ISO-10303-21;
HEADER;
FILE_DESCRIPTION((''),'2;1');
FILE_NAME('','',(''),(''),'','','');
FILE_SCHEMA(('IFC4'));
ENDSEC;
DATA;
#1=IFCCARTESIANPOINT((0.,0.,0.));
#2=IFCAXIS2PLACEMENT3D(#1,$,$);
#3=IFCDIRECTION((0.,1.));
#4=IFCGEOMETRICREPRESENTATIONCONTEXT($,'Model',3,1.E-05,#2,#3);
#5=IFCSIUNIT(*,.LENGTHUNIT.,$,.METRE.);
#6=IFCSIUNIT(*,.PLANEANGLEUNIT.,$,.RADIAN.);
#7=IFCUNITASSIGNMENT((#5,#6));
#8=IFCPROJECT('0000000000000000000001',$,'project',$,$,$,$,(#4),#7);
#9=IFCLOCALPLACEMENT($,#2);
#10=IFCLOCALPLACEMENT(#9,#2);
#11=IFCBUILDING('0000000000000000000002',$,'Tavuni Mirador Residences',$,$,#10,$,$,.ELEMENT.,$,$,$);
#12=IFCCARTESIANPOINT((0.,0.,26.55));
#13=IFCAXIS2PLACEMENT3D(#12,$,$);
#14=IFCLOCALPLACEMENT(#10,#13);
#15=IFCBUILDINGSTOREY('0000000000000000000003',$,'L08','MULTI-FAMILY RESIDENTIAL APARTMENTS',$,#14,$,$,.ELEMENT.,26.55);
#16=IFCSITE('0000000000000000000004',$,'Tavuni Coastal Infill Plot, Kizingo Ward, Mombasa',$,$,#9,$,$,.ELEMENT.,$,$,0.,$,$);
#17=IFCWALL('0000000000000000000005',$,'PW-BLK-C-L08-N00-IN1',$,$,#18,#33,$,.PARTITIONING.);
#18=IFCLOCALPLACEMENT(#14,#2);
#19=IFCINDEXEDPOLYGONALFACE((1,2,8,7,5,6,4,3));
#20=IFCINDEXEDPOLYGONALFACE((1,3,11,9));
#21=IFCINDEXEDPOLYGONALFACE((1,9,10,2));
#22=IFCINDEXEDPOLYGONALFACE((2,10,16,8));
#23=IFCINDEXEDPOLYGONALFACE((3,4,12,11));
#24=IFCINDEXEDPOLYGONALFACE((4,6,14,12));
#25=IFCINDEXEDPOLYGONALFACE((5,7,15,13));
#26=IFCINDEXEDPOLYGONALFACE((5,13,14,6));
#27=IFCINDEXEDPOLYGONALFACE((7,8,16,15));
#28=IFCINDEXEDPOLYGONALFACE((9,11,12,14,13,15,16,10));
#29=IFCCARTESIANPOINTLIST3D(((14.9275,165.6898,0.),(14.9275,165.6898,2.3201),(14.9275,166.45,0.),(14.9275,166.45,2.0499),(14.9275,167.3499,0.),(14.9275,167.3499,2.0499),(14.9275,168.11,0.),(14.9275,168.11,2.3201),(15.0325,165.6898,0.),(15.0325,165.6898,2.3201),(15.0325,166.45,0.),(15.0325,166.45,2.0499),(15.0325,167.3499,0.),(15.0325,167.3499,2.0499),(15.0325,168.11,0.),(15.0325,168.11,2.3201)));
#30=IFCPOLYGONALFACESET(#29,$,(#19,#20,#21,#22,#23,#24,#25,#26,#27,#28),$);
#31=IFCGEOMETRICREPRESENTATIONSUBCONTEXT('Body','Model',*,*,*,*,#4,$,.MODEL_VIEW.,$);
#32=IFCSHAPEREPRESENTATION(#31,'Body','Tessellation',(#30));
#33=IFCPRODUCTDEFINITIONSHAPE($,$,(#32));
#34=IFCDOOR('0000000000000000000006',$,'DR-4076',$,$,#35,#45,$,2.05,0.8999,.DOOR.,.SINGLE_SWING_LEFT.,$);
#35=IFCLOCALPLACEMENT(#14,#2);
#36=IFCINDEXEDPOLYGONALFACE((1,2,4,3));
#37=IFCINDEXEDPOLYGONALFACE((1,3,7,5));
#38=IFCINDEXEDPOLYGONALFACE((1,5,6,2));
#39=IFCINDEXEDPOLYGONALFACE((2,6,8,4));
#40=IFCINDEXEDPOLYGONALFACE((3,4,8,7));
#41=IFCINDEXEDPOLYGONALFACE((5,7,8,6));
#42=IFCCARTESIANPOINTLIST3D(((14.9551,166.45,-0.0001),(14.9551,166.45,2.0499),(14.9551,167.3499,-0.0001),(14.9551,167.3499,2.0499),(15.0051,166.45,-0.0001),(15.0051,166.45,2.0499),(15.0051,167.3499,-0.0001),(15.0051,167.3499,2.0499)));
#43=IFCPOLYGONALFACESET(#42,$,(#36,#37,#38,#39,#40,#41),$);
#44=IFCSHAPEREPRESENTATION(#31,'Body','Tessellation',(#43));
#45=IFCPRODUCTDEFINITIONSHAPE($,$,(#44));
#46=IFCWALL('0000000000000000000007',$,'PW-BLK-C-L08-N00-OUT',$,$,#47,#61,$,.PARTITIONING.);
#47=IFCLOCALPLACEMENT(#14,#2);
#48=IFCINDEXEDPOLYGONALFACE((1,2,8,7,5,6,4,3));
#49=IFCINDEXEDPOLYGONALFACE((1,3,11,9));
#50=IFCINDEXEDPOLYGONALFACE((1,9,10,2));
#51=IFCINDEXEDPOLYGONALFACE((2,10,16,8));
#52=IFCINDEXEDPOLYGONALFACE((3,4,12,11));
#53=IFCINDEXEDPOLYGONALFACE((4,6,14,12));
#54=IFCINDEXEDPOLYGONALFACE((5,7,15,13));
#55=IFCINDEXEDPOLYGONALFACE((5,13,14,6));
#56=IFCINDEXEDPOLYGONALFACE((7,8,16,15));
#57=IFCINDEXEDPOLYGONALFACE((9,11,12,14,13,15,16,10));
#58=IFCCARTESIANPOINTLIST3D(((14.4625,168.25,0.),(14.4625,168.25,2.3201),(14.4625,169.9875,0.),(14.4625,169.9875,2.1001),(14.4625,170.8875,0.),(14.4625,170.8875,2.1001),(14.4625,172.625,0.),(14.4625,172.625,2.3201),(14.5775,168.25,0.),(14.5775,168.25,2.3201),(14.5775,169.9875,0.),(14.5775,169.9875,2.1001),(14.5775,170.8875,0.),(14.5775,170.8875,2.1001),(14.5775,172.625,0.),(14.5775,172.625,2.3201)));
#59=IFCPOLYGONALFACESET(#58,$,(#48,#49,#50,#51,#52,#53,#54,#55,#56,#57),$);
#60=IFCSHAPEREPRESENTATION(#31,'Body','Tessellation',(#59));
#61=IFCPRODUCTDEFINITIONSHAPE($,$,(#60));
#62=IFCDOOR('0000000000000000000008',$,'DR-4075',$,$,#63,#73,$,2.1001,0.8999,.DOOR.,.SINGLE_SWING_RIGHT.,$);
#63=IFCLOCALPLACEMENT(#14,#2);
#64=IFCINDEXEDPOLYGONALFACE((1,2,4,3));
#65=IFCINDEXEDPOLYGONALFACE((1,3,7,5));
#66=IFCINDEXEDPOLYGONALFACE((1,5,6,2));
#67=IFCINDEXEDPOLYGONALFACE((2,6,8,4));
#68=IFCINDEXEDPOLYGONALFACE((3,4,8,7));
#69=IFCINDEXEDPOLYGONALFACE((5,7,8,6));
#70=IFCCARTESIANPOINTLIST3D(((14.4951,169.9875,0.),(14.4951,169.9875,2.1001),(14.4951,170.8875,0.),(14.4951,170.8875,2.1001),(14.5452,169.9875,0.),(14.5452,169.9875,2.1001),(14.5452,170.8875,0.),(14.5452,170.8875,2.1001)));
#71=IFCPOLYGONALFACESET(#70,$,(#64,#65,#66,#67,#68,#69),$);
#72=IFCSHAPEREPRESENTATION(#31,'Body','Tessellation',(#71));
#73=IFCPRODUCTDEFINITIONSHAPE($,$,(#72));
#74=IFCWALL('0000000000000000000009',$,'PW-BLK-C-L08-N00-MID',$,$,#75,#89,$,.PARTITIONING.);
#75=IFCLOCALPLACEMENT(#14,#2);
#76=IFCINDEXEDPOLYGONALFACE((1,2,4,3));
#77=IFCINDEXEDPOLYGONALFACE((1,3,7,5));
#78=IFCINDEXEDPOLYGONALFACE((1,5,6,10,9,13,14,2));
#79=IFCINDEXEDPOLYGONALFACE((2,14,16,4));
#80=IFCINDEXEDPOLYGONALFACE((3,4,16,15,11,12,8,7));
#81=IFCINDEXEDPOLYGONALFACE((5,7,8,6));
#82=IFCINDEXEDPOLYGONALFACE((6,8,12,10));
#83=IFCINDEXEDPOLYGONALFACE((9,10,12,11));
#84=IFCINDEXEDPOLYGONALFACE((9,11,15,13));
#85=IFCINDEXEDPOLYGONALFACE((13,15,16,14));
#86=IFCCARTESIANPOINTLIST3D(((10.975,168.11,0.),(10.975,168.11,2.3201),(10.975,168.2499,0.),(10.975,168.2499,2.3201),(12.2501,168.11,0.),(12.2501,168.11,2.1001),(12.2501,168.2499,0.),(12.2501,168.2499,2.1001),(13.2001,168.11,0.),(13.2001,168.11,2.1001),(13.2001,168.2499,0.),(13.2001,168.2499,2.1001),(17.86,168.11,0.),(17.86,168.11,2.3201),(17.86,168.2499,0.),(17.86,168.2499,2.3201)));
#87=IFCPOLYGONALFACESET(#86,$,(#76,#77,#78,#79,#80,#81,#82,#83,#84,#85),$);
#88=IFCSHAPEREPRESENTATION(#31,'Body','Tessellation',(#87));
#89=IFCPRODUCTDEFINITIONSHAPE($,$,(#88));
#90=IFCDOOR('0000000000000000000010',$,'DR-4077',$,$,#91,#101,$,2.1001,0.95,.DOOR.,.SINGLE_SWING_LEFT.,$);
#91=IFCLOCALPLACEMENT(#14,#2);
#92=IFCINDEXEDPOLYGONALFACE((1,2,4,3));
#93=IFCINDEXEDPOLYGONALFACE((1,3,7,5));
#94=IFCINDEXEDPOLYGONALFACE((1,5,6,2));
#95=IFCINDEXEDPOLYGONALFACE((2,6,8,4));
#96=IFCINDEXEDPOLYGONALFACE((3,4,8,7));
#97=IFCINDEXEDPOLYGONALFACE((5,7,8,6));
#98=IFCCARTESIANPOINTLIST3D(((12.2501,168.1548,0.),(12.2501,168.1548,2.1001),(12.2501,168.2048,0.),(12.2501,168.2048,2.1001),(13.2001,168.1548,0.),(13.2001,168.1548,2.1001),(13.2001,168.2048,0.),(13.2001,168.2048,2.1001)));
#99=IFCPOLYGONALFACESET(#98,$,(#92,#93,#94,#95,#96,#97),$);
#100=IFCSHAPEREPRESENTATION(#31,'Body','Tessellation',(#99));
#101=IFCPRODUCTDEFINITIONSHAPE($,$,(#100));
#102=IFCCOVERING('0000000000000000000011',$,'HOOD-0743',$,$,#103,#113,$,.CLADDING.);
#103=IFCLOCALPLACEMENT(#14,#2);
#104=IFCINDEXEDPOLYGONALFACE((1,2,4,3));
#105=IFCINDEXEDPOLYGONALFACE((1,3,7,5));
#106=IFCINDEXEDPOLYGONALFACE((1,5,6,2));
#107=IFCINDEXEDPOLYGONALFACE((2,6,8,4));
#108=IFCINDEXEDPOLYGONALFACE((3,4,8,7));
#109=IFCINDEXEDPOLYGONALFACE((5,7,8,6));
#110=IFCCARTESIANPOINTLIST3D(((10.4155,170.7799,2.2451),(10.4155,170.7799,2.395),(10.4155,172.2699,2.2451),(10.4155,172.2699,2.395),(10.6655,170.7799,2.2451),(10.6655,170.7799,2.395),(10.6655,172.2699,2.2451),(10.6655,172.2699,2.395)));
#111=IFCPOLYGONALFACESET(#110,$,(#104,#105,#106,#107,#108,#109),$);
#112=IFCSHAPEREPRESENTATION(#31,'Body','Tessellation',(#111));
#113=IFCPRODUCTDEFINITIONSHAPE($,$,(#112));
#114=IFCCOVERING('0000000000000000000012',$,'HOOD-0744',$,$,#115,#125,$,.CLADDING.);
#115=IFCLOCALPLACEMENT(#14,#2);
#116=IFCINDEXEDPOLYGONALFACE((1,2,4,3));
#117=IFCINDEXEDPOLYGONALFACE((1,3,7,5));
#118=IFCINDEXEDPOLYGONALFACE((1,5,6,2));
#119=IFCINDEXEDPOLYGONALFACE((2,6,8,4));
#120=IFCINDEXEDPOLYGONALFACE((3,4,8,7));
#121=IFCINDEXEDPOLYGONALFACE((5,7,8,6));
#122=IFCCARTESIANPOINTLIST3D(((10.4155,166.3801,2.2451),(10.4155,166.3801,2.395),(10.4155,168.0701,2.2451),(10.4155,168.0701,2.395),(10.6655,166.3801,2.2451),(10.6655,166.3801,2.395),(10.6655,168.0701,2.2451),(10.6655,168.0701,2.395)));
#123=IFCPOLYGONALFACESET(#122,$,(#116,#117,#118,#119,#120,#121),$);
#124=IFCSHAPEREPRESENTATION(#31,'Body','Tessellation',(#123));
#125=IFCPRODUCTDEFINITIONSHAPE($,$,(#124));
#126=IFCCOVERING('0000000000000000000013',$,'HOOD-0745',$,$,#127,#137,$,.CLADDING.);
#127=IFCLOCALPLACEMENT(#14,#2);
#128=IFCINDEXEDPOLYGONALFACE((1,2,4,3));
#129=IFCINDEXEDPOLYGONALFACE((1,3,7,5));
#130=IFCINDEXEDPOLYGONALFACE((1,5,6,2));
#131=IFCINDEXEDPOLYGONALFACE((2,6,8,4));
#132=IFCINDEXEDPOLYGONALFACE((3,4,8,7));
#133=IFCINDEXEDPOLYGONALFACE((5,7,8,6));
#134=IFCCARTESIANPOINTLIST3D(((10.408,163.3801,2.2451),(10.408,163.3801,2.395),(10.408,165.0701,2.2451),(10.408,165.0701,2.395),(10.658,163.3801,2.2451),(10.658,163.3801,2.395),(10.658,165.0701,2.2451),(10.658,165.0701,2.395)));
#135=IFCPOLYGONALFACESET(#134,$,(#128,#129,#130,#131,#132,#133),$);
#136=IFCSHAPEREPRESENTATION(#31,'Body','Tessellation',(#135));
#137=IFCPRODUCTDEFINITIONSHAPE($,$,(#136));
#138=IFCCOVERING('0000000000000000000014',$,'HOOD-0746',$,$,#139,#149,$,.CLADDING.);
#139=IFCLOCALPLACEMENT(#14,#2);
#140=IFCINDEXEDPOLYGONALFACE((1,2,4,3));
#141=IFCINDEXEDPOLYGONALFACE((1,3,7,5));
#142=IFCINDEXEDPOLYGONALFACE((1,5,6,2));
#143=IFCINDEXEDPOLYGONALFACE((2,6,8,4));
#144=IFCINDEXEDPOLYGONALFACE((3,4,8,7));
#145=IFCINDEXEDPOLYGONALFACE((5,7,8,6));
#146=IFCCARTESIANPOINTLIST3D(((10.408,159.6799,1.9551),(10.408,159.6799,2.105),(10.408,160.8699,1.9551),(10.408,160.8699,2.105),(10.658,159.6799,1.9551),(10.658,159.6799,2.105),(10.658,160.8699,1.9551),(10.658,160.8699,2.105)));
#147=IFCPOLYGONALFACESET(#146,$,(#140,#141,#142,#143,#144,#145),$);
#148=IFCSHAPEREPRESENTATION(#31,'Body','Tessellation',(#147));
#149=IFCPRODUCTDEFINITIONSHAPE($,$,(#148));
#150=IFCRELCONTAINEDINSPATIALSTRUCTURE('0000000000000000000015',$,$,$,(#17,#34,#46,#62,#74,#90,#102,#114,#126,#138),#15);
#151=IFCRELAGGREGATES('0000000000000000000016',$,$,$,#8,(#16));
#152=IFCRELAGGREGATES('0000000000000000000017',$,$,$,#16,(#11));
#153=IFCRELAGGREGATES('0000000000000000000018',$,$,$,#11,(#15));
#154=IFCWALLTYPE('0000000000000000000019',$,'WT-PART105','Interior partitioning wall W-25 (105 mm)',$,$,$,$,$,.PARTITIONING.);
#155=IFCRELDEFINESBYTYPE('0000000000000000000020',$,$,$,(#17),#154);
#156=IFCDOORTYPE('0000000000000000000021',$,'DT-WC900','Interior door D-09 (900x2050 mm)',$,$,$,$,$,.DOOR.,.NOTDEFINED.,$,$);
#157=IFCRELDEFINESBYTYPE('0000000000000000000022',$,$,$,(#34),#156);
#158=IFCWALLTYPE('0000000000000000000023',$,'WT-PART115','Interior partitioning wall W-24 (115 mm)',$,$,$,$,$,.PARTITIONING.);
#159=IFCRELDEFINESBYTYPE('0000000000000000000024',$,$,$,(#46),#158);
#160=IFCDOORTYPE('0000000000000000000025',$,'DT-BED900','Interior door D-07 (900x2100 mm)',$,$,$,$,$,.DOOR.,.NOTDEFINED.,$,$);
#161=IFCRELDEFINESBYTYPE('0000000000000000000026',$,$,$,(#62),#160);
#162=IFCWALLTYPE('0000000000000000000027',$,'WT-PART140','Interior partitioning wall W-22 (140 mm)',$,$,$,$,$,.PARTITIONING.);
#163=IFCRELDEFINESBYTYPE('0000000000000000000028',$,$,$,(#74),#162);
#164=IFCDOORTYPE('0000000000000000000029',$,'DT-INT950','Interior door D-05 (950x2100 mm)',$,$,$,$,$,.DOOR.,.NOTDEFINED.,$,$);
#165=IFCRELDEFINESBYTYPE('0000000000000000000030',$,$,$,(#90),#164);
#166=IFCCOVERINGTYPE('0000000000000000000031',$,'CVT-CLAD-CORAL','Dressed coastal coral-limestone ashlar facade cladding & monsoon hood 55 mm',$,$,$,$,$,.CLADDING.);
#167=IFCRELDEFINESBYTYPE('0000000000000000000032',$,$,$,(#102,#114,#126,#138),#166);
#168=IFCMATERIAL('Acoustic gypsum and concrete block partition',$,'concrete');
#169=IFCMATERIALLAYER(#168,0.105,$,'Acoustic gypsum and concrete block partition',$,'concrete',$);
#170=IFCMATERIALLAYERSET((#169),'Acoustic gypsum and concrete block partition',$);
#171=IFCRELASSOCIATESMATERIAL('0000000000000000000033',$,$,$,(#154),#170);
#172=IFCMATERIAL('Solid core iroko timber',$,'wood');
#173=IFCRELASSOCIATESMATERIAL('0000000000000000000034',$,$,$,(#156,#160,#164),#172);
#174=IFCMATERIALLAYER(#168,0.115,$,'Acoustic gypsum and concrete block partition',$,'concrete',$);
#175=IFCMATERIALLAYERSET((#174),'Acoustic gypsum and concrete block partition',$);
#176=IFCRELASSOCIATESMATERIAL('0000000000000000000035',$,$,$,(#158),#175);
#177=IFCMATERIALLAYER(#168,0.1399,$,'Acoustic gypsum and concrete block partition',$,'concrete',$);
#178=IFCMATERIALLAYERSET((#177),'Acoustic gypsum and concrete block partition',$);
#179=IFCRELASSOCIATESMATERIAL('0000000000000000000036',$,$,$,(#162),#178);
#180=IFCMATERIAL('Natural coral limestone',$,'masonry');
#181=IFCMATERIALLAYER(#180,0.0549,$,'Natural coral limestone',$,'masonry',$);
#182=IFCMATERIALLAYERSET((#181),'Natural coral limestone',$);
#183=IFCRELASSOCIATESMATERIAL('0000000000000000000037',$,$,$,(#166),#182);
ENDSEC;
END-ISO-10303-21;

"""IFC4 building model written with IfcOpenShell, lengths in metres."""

from ifc_helpers import new_model, si_unit, direction, frame, frame_2d, origin, origin_2d, place, context, subcontext, project, spatial, rectangle, extrude, material, layer, layer_set, type_object, element, fill, save


model = new_model("IFC4")

# Units and contexts
model_context = context("Model", 3, precision=1e-05, world=origin(), true_north=direction((0.0, 1.0)))
body_context = subcontext(model_context, "Body", "Model", "MODEL_VIEW")
ifc_project = project(units=[si_unit("LENGTHUNIT", "METRE"), si_unit("PLANEANGLEUNIT", "RADIAN")], contexts=[model_context])

# Site, building, storey
site_placement = place(None, origin())
site = spatial("IfcSite", under=ifc_project, at=site_placement, Name="Tavuni Coastal Infill Plot, Kizingo Ward, Mombasa", CompositionType="ELEMENT", RefElevation=0.0)
building_placement = place(site_placement, origin())
building = spatial("IfcBuilding", under=site, at=building_placement, Name="Tavuni Mirador Residences", CompositionType="ELEMENT")
storey_placement = place(building_placement, frame((0.0, 0.0, 26.55)))
storey = spatial("IfcBuildingStorey", under=building, at=storey_placement, Name="L08", Description="MULTI-FAMILY RESIDENTIAL APARTMENTS", CompositionType="ELEMENT", Elevation=26.55)

# Shared definitions
ifc_material_1 = material(Name="Solid core iroko timber", Category="wood")

# Walls, openings, doors
ifc_material_2 = material(Name="Acoustic gypsum and concrete block partition", Category="concrete")
ifc_layer_1 = layer(ifc_material_2, 0.105, Name="Acoustic gypsum and concrete block partition", Category="concrete")
ifc_layer_set_1 = layer_set([ifc_layer_1], Name="Acoustic gypsum and concrete block partition")
wall_type_1 = type_object("IfcWallType", Name="WT-PART105", Description="Interior partitioning wall W-25 (105 mm)", PredefinedType="PARTITIONING", material=ifc_layer_set_1)
wall_1_placement = place(storey_placement, frame((14.98, 165.6899, 0.0), z_axis=(0.0, 0.0, 1.0), x_axis=(0.0, 1.0, 0.0)))
wall_1 = element("IfcWall", 1, at=wall_1_placement, inside=storey, type_object=wall_type_1, Name="PW-BLK-C-L08-N00-IN1", PredefinedType="PARTITIONING", context=body_context, shape_type="SweptSolid", body=[
    extrude(rectangle(XDim=2.4202, YDim=0.105, at=frame_2d((1.21, 0.0))), origin(), (0.0, 0.0, 1.0), 2.3201),
])
opening_1_placement = place(wall_1_placement, frame((0.76, 0.0, 0.0)))
opening_1 = element("IfcOpeningElement", 2, at=opening_1_placement, cuts=wall_1, PredefinedType="OPENING", context=body_context, shape_type="SweptSolid", body=[
    extrude(rectangle(XDim=0.8999, YDim=2.05, at=frame_2d((0.45, 1.0249))), frame((0.0, 0.0625, 0.0), z_axis=(0.0, -1.0, 0.0), x_axis=(1.0, 0.0, 0.0)), (0.0, 0.0, 1.0), 0.125),
])
door_type_1 = type_object("IfcDoorType", Name="DT-WC900", Description="Interior door D-09 (900x2050 mm)", OperationType="NOTDEFINED", PredefinedType="DOOR", material=ifc_material_1)
door_1_placement = place(opening_1_placement, origin())
door_1 = element("IfcDoor", 3, at=door_1_placement, inside=storey, type_object=door_type_1, Name="DR-4076", OperationType="SINGLE_SWING_LEFT", OverallHeight=2.05, OverallWidth=0.8999, PredefinedType="DOOR", context=body_context, shape_type="SweptSolid", body=[
    extrude(rectangle(XDim=0.8999, YDim=2.05, at=frame_2d((0.45, 1.0249))), frame((0.0, 0.0249, 0.0), z_axis=(0.0, -1.0, 0.0), x_axis=(1.0, 0.0, 0.0)), (0.0, 0.0, 1.0), 0.05),
])
fill(opening_1, door_1)
ifc_layer_2 = layer(ifc_material_2, 0.115, Name="Acoustic gypsum and concrete block partition", Category="concrete")
ifc_layer_set_2 = layer_set([ifc_layer_2], Name="Acoustic gypsum and concrete block partition")
wall_type_2 = type_object("IfcWallType", Name="WT-PART115", Description="Interior partitioning wall W-24 (115 mm)", PredefinedType="PARTITIONING", material=ifc_layer_set_2)
wall_2_placement = place(storey_placement, frame((14.52, 168.25, 0.0), z_axis=(0.0, 0.0, 1.0), x_axis=(0.0, 1.0, 0.0)))
wall_2 = element("IfcWall", 4, at=wall_2_placement, inside=storey, type_object=wall_type_2, Name="PW-BLK-C-L08-N00-OUT", PredefinedType="PARTITIONING", context=body_context, shape_type="SweptSolid", body=[
    extrude(rectangle(XDim=4.375, YDim=0.115, at=frame_2d((2.1875, 0.0))), origin(), (0.0, 0.0, 1.0), 2.3201),
])
opening_2_placement = place(wall_2_placement, frame((1.7375, 0.0, 0.0)))
opening_2 = element("IfcOpeningElement", 5, at=opening_2_placement, cuts=wall_2, PredefinedType="OPENING", context=body_context, shape_type="SweptSolid", body=[
    extrude(rectangle(XDim=0.8999, YDim=2.1001, at=frame_2d((0.45, 1.05))), frame((0.0, 0.0674, 0.0), z_axis=(0.0, -1.0, 0.0), x_axis=(1.0, 0.0, 0.0)), (0.0, 0.0, 1.0), 0.135),
])
door_type_2 = type_object("IfcDoorType", Name="DT-BED900", Description="Interior door D-07 (900x2100 mm)", OperationType="NOTDEFINED", PredefinedType="DOOR", material=ifc_material_1)
door_2_placement = place(opening_2_placement, origin())
door_2 = element("IfcDoor", 6, at=door_2_placement, inside=storey, type_object=door_type_2, Name="DR-4075", OperationType="SINGLE_SWING_RIGHT", OverallHeight=2.1001, OverallWidth=0.8999, PredefinedType="DOOR", context=body_context, shape_type="SweptSolid", body=[
    extrude(rectangle(XDim=0.8999, YDim=2.1001, at=frame_2d((0.45, 1.05))), frame((0.0, 0.0249, 0.0), z_axis=(0.0, -1.0, 0.0), x_axis=(1.0, 0.0, 0.0)), (0.0, 0.0, 1.0), 0.05),
])
fill(opening_2, door_2)
ifc_layer_3 = layer(ifc_material_2, 0.1399, Name="Acoustic gypsum and concrete block partition", Category="concrete")
ifc_layer_set_3 = layer_set([ifc_layer_3], Name="Acoustic gypsum and concrete block partition")
wall_type_3 = type_object("IfcWallType", Name="WT-PART140", Description="Interior partitioning wall W-22 (140 mm)", PredefinedType="PARTITIONING", material=ifc_layer_set_3)
wall_3_placement = place(storey_placement, frame((10.9751, 168.1799, 0.0), z_axis=(0.0, 0.0, 1.0), x_axis=(1.0, 0.0, 0.0)))
wall_3 = element("IfcWall", 7, at=wall_3_placement, inside=storey, type_object=wall_type_3, Name="PW-BLK-C-L08-N00-MID", PredefinedType="PARTITIONING", context=body_context, shape_type="SweptSolid", body=[
    extrude(rectangle(XDim=6.885, YDim=0.1399, at=frame_2d((3.4424, 0.0))), origin(), (0.0, 0.0, 1.0), 2.3201),
])
opening_3_placement = place(wall_3_placement, frame((1.2749, 0.0, 0.0)))
opening_3 = element("IfcOpeningElement", 8, at=opening_3_placement, cuts=wall_3, PredefinedType="OPENING", context=body_context, shape_type="SweptSolid", body=[
    extrude(rectangle(XDim=0.95, YDim=2.1001, at=frame_2d((0.4751, 1.05))), frame((0.0, 0.0801, 0.0), z_axis=(0.0, -1.0, 0.0), x_axis=(1.0, 0.0, 0.0)), (0.0, 0.0, 1.0), 0.1599),
])
door_type_3 = type_object("IfcDoorType", Name="DT-INT950", Description="Interior door D-05 (950x2100 mm)", OperationType="NOTDEFINED", PredefinedType="DOOR", material=ifc_material_1)
door_3_placement = place(opening_3_placement, origin())
door_3 = element("IfcDoor", 9, at=door_3_placement, inside=storey, type_object=door_type_3, Name="DR-4077", OperationType="SINGLE_SWING_LEFT", OverallHeight=2.1001, OverallWidth=0.95, PredefinedType="DOOR", context=body_context, shape_type="SweptSolid", body=[
    extrude(rectangle(XDim=0.95, YDim=2.1001, at=frame_2d((0.4751, 1.05))), frame((0.0, 0.0249, 0.0), z_axis=(0.0, -1.0, 0.0), x_axis=(1.0, 0.0, 0.0)), (0.0, 0.0, 1.0), 0.05),
])
fill(opening_3, door_3)

# Coverings
ifc_material_3 = material(Name="Natural coral limestone", Category="masonry")
ifc_layer_4 = layer(ifc_material_3, 0.0549, Name="Natural coral limestone", Category="masonry")
ifc_layer_set_4 = layer_set([ifc_layer_4], Name="Natural coral limestone")
covering_type = type_object("IfcCoveringType", Name="CVT-CLAD-CORAL", Description="Dressed coastal coral-limestone ashlar facade cladding & monsoon hood 55 mm", PredefinedType="CLADDING", material=ifc_layer_set_4)
covering_1_placement = place(storey_placement, frame((10.5405, 171.5249, 2.2451), z_axis=(0.0, 0.0, 1.0), x_axis=(0.0, -1.0, 0.0)))
element("IfcCovering", 10, at=covering_1_placement, inside=storey, type_object=covering_type, Name="HOOD-0743", PredefinedType="CLADDING", context=body_context, shape_type="SweptSolid", body=[
    extrude(rectangle(XDim=1.49, YDim=0.25, at=origin_2d()), origin(), (0.0, 0.0, 1.0), 0.1499),
])
for number, where, z_axis, x_axis, name in (
    (11, (10.5405, 167.2251, 2.2451), (0.0, 0.0, 1.0), (0.0, -1.0, 0.0), "HOOD-0744"),
    (12, (10.533, 164.2251, 2.2451), (0.0, 0.0, 1.0), (0.0, -1.0, 0.0), "HOOD-0745"),
):
    element("IfcCovering", number, at=place(storey_placement, frame(where, z_axis=z_axis, x_axis=x_axis)), inside=storey, type_object=covering_type, Name=name, PredefinedType="CLADDING", context=body_context, shape_type="SweptSolid", body=[
        extrude(rectangle(XDim=1.6899, YDim=0.25, at=origin_2d()), origin(), (0.0, 0.0, 1.0), 0.1499),
    ])
covering_2_placement = place(storey_placement, frame((10.533, 160.2749, 1.9551), z_axis=(0.0, 0.0, 1.0), x_axis=(0.0, -1.0, 0.0)))
element("IfcCovering", 13, at=covering_2_placement, inside=storey, type_object=covering_type, Name="HOOD-0746", PredefinedType="CLADDING", context=body_context, shape_type="SweptSolid", body=[
    extrude(rectangle(XDim=1.1899, YDim=0.25, at=origin_2d()), origin(), (0.0, 0.0, 1.0), 0.1499),
])

save(model, "model.ifc")
